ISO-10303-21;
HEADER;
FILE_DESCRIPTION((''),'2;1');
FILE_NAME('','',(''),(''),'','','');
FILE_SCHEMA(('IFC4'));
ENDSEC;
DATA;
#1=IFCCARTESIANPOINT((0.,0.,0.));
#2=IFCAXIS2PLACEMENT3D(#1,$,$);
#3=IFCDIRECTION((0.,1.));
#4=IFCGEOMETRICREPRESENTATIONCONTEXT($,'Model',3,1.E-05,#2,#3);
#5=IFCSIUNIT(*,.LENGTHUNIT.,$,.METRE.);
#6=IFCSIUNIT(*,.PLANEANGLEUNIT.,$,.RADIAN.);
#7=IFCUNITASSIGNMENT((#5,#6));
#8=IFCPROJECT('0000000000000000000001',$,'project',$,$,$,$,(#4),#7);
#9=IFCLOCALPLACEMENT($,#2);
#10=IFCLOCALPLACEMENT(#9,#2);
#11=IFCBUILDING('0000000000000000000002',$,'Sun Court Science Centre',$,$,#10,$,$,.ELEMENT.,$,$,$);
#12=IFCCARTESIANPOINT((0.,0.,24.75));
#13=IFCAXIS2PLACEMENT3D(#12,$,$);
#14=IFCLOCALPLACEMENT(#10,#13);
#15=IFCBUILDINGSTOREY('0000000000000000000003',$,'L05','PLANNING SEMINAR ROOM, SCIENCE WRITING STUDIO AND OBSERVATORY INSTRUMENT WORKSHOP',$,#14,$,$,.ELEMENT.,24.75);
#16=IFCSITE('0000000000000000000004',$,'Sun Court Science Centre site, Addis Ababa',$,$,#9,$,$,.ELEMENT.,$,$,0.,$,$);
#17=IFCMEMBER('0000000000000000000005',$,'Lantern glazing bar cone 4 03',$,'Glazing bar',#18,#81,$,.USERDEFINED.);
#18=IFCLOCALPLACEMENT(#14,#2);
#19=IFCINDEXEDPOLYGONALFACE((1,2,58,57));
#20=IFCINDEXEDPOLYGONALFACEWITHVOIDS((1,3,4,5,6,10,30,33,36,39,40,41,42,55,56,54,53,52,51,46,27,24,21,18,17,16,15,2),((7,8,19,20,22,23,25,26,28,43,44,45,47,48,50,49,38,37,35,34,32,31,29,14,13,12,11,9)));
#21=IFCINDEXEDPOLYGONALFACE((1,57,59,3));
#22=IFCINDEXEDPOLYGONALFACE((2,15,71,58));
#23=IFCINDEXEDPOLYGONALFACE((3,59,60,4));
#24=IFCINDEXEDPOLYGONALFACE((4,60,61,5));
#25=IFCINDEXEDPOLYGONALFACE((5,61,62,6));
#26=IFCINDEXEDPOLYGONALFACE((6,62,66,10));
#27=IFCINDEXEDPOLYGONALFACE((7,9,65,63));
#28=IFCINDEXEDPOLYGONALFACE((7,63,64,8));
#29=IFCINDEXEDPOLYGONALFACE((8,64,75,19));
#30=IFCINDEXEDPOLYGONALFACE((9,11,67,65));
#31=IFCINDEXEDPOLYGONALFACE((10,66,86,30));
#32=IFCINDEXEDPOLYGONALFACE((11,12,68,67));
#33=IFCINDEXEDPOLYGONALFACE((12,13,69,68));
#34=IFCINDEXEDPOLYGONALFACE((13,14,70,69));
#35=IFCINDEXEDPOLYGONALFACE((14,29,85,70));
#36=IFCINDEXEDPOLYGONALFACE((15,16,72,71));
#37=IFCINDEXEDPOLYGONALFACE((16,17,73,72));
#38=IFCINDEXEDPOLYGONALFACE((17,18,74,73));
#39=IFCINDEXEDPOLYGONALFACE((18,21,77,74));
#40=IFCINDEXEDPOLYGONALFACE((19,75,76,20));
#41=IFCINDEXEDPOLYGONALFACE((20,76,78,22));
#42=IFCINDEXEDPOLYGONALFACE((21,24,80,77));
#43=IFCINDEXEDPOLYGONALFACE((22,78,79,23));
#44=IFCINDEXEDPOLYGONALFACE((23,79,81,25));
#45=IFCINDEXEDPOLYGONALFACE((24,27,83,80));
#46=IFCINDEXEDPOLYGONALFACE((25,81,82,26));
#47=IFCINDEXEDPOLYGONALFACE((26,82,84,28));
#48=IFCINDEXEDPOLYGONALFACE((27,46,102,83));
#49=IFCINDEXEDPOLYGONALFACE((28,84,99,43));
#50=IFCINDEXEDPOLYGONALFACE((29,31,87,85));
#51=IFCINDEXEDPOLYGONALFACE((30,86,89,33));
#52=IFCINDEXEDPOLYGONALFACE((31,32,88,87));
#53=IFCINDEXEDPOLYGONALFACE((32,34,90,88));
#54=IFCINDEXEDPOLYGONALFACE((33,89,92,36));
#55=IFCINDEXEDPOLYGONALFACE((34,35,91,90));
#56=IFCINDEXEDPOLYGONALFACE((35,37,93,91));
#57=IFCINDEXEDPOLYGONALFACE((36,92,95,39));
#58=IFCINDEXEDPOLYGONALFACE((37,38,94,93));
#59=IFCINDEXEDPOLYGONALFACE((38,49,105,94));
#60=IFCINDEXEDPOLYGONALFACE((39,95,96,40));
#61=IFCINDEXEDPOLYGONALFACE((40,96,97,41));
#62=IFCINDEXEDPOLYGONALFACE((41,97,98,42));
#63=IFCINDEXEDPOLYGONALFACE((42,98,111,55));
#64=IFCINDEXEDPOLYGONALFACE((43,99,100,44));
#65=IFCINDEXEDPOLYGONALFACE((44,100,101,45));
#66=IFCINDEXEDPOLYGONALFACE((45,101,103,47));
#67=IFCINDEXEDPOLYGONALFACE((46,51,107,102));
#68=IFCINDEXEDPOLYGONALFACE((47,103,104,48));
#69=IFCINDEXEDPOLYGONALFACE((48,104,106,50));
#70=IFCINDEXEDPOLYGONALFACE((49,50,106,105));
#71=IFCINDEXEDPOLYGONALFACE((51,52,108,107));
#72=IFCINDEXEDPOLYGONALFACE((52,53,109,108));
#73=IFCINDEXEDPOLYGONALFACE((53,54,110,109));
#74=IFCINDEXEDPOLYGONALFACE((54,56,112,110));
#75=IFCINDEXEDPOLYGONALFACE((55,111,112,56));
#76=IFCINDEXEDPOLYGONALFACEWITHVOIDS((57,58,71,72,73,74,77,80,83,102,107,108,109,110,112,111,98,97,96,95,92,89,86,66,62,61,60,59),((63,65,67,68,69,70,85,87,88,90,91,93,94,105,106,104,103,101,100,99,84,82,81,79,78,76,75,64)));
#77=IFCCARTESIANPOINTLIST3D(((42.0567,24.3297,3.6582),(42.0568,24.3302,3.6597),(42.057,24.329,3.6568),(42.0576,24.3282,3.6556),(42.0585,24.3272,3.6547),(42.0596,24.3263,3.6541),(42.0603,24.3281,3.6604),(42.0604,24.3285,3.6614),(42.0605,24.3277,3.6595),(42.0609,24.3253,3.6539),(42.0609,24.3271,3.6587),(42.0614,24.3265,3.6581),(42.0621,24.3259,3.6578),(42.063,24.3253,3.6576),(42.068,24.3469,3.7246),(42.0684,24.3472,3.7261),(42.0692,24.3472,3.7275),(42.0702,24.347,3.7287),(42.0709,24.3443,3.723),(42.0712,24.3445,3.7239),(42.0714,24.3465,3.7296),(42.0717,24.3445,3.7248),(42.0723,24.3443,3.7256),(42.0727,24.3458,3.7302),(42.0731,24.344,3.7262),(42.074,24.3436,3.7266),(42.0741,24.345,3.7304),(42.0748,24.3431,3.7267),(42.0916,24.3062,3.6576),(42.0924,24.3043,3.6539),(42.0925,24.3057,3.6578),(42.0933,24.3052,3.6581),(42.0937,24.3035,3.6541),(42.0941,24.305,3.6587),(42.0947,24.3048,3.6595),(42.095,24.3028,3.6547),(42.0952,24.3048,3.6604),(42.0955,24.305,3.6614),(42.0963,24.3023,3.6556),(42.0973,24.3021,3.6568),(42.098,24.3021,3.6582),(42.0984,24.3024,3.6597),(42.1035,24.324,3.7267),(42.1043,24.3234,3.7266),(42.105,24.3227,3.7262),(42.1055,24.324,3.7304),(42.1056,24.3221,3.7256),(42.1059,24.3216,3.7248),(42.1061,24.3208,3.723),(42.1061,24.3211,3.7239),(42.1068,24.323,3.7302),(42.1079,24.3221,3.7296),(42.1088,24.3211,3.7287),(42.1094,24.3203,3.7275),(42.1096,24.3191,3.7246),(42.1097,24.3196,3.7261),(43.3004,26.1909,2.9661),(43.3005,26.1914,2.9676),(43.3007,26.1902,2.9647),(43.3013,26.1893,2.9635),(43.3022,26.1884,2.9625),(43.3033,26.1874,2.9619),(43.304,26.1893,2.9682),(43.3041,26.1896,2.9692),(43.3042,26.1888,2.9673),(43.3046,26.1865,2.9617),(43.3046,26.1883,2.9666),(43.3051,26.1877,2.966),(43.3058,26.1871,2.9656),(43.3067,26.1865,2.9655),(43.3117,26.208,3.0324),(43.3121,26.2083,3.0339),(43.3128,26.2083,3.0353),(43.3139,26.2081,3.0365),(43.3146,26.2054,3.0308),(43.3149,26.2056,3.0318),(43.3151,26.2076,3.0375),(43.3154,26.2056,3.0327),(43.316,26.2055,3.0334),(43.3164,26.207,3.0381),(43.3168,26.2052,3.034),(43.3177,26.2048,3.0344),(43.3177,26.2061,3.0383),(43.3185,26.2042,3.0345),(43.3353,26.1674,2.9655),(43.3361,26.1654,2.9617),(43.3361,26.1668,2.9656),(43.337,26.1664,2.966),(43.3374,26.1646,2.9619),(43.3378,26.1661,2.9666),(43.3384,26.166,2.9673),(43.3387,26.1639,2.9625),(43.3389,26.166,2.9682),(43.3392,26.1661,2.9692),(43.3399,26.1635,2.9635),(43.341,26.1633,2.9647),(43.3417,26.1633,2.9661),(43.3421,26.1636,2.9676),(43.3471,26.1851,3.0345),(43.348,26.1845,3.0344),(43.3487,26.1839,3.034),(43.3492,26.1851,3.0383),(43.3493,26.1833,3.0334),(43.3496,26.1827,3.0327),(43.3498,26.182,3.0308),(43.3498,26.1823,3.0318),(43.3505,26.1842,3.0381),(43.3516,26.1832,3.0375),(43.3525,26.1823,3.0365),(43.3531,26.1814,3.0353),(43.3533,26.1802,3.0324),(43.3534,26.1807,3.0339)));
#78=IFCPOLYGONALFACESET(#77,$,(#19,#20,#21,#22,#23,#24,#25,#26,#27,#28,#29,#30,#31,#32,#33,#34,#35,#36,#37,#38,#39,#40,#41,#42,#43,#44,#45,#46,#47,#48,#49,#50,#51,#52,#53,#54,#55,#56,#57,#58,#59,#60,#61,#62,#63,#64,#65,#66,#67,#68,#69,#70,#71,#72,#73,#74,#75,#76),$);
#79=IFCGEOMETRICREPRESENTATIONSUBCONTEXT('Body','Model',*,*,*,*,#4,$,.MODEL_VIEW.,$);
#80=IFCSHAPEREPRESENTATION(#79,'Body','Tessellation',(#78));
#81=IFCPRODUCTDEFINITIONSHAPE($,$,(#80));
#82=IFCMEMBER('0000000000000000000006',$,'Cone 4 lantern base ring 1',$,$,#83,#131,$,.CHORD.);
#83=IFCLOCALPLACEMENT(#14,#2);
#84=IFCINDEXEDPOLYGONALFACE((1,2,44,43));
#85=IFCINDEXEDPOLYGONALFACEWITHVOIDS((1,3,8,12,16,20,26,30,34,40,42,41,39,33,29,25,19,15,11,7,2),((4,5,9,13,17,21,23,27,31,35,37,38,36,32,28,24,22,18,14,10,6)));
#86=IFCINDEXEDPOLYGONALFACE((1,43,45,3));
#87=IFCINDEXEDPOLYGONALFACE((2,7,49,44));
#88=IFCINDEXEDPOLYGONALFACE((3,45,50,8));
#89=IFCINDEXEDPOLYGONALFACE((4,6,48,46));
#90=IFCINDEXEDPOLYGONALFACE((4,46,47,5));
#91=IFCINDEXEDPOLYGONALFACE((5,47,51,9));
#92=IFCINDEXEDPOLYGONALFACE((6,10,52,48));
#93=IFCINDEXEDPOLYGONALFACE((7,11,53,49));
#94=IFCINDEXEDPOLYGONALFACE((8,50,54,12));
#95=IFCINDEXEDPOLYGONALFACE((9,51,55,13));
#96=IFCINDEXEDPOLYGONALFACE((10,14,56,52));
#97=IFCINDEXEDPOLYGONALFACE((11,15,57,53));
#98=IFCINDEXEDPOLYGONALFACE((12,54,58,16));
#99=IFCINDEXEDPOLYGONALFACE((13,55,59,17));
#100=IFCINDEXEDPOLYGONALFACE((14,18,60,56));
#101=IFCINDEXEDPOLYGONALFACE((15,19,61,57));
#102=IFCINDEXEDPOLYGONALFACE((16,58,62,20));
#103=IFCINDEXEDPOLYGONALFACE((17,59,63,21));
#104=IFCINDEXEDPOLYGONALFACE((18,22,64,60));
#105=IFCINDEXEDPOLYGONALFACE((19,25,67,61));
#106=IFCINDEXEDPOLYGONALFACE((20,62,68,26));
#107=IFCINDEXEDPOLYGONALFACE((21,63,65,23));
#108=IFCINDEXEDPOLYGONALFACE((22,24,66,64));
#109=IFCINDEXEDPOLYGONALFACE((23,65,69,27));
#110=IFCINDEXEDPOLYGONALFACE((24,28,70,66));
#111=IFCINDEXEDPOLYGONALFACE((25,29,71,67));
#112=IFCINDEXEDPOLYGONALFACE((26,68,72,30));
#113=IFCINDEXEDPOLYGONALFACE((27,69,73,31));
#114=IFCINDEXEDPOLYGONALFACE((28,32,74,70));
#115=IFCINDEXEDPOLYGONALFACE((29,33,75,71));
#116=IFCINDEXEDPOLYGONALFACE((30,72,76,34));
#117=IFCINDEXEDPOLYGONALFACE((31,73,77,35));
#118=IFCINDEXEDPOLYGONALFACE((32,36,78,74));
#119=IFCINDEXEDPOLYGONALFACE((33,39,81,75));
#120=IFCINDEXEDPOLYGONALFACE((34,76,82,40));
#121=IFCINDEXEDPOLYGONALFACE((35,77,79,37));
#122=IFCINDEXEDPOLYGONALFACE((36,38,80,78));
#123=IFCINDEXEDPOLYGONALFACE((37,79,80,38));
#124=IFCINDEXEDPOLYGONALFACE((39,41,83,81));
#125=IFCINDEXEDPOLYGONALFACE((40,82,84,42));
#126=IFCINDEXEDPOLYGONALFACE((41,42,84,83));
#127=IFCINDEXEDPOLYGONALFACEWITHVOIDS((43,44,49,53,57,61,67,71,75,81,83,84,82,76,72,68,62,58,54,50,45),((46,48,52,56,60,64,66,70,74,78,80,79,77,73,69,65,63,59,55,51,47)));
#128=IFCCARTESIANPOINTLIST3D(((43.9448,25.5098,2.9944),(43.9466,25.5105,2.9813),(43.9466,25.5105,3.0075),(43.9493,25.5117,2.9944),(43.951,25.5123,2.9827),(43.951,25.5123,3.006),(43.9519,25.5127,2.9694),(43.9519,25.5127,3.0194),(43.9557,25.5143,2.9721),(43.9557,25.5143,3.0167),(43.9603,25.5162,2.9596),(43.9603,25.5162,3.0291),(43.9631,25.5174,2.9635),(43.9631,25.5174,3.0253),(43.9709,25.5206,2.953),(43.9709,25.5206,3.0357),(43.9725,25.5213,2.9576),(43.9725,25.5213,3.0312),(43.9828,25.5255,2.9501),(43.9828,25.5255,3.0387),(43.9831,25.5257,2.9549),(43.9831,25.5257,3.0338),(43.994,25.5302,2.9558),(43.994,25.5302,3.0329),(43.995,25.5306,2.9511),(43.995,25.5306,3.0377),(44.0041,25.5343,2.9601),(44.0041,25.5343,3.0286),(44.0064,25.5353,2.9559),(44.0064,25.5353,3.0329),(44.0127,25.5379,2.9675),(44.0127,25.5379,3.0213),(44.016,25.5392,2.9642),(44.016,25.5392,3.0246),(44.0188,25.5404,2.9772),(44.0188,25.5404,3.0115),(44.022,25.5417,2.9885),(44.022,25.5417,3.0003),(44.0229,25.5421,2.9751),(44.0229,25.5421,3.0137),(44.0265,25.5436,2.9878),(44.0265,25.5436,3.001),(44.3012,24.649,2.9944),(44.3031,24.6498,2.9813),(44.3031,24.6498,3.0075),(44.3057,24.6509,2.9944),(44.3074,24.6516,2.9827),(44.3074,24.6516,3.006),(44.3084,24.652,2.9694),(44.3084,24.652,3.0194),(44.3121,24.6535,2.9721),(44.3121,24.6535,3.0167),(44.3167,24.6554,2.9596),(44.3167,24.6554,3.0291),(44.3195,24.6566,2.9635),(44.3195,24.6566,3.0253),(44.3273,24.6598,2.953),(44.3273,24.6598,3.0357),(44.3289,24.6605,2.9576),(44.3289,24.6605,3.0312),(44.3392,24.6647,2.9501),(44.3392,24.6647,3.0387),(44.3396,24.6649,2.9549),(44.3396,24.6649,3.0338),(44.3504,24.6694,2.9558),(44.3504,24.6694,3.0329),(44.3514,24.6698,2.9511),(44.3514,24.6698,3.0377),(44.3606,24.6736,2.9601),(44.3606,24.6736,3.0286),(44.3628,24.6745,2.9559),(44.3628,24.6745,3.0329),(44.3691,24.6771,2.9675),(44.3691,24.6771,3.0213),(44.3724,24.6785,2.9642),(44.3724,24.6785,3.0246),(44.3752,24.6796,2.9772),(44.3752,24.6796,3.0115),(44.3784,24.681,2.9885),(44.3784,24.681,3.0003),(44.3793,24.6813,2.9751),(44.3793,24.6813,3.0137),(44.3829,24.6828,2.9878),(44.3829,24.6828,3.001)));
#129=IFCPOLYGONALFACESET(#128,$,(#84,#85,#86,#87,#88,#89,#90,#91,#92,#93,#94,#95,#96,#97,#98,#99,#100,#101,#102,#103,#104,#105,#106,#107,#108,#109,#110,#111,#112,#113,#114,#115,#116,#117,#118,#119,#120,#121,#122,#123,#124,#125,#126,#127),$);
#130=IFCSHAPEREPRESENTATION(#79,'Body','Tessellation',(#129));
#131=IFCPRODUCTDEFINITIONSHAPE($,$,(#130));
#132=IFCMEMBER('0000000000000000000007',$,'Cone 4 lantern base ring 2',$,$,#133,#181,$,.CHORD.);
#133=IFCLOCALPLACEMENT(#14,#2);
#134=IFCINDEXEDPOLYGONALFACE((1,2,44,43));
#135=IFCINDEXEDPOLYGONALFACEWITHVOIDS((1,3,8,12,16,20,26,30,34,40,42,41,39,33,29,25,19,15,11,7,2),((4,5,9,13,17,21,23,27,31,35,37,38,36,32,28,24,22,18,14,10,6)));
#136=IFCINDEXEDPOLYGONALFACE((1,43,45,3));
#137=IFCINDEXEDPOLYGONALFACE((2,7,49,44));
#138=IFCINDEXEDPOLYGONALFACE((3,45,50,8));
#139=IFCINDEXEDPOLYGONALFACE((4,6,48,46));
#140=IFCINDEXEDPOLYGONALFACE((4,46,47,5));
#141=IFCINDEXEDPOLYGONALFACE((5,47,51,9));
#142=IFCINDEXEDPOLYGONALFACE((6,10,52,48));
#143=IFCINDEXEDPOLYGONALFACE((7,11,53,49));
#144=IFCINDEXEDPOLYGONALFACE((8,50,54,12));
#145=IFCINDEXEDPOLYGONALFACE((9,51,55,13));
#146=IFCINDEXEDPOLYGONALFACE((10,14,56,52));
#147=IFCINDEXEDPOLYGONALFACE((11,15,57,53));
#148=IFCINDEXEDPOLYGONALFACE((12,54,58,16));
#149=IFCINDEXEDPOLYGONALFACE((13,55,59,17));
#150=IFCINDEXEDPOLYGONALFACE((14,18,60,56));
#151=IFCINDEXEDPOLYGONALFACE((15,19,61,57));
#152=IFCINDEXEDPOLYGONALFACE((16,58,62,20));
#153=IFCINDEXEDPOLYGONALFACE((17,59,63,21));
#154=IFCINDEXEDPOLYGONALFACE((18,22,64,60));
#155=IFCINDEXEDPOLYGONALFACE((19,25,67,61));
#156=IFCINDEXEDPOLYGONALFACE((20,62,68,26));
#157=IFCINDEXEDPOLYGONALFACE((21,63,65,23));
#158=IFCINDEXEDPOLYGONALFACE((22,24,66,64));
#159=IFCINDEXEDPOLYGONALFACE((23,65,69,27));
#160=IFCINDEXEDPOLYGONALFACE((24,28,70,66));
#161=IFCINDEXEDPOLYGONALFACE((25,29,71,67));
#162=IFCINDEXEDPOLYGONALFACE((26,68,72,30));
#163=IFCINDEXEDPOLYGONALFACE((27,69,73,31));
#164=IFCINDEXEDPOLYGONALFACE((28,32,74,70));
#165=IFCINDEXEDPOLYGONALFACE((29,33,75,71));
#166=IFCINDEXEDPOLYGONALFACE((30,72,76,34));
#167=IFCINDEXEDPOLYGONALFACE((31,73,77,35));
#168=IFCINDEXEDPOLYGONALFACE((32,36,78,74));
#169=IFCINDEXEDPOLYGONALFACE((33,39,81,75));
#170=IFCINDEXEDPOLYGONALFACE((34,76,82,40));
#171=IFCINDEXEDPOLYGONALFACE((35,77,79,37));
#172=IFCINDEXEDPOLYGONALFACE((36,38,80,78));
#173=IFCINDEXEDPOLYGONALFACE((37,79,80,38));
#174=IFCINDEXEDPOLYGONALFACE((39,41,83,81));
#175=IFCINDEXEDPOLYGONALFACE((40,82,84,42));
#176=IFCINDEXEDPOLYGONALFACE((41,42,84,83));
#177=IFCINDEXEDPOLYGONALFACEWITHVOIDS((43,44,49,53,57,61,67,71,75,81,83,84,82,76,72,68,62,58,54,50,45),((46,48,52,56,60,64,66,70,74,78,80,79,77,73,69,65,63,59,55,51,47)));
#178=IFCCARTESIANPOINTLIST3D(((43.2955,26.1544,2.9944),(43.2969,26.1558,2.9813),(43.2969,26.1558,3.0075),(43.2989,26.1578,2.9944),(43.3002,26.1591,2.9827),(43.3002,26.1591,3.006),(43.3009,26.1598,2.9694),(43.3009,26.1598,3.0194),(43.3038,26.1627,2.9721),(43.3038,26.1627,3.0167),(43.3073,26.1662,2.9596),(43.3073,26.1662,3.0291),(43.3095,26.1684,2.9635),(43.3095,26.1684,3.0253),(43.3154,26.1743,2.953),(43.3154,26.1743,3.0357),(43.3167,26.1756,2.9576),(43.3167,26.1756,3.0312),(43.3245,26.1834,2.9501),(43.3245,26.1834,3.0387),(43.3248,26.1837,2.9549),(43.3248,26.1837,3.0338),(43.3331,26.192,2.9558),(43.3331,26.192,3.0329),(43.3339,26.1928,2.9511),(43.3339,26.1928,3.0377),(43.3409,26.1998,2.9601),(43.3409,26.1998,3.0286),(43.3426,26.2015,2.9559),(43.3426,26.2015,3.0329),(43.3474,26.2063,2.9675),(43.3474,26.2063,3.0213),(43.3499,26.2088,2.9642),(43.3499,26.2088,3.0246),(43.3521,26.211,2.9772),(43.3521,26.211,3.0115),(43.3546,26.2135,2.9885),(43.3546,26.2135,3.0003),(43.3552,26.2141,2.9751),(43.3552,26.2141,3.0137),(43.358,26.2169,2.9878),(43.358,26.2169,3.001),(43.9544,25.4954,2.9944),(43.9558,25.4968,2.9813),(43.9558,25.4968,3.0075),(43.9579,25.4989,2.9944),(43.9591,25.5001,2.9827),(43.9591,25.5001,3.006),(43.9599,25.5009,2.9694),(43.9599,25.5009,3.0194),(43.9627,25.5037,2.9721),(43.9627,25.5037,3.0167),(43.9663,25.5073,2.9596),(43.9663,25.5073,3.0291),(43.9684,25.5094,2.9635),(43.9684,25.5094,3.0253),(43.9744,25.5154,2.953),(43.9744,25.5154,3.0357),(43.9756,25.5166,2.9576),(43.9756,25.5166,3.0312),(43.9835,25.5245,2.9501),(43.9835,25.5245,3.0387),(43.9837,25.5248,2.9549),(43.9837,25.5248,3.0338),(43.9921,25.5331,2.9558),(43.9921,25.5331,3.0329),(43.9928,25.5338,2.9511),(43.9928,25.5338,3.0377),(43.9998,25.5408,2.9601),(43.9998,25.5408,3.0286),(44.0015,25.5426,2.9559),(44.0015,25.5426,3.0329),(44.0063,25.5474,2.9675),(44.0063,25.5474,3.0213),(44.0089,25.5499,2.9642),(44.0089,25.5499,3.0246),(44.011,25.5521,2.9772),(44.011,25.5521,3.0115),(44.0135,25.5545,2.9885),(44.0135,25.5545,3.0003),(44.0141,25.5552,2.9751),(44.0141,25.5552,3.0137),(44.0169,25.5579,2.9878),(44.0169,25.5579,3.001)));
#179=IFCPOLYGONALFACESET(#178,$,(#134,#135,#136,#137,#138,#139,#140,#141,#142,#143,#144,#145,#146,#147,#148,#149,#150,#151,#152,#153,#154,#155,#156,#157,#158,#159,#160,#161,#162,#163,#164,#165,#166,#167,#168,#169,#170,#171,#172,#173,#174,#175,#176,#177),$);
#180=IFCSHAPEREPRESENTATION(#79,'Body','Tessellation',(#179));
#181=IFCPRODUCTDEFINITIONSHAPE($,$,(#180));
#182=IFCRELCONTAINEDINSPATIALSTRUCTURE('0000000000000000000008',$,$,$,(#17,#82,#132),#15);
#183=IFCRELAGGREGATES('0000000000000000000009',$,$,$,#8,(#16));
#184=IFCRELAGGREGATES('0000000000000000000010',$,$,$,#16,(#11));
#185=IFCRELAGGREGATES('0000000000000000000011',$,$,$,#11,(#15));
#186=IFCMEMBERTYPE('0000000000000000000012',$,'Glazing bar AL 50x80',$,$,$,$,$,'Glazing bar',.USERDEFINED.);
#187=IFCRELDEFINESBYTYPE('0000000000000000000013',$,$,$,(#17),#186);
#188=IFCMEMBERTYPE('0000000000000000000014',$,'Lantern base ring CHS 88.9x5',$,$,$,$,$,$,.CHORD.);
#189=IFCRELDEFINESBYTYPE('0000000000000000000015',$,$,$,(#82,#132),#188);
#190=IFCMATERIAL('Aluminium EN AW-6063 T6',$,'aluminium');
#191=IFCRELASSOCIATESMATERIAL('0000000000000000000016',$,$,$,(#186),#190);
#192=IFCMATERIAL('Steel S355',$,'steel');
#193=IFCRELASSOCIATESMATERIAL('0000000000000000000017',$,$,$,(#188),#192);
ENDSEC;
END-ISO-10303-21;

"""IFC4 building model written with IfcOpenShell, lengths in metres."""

from ifc_helpers import new_model, si_unit, direction, frame, origin, origin_2d, place, context, subcontext, project, spatial, hollow_rectangle, hollow_circle, extrude, material, material_profile, profile_set, type_object, element, save


model = new_model("IFC4")

# Units and contexts
model_context = context("Model", 3, precision=1e-05, world=origin(), true_north=direction((0.0, 1.0)))
body_context = subcontext(model_context, "Body", "Model", "MODEL_VIEW")
ifc_project = project(units=[si_unit("LENGTHUNIT", "METRE"), si_unit("PLANEANGLEUNIT", "RADIAN")], contexts=[model_context])

# Site, building, storey
site_placement = place(None, origin())
site = spatial("IfcSite", under=ifc_project, at=site_placement, Name="Sun Court Science Centre site, Addis Ababa", CompositionType="ELEMENT", RefElevation=0.0)
building_placement = place(site_placement, origin())
building = spatial("IfcBuilding", under=site, at=building_placement, Name="Sun Court Science Centre", CompositionType="ELEMENT")
storey_placement = place(building_placement, frame((0.0, 0.0, 24.75)))
storey = spatial("IfcBuildingStorey", under=building, at=storey_placement, Name="L05", Description="PLANNING SEMINAR ROOM, SCIENCE WRITING STUDIO AND OBSERVATORY INSTRUMENT WORKSHOP", CompositionType="ELEMENT", Elevation=24.75)

# Members
ifc_material_1 = material(Name="Aluminium EN AW-6063 T6", Category="aluminium")
ifc_material_profile_1 = material_profile(ifc_material_1, hollow_rectangle(XDim=0.05, YDim=0.0801, WallThickness=0.0039, InnerFilletRadius=0.0039, OuterFilletRadius=0.0061, at=origin_2d()), Name="AL 50x80x4")
ifc_profile_set_1 = profile_set([ifc_material_profile_1], Name="Aluminium EN AW-6063 T6")
member_type_1 = type_object("IfcMemberType", Name="Glazing bar AL 50x80", ElementType="Glazing bar", PredefinedType="USERDEFINED", material=ifc_profile_set_1)
member_1_placement = place(storey_placement, frame((43.3269, 26.1858, 3.0), z_axis=(-0.530809, -0.794338, 0.295415), x_axis=(0.831446, -0.555606, 0.0)))
element("IfcMember", 1, at=member_1_placement, inside=storey, type_object=member_type_1, Name="Lantern glazing bar cone 4 03", ObjectType="Glazing bar", PredefinedType="USERDEFINED", context=body_context, shape_type="SweptSolid", body=[
    extrude(hollow_rectangle(XDim=0.05, YDim=0.0801, WallThickness=0.0039, InnerFilletRadius=0.0039, OuterFilletRadius=0.0061, at=origin_2d()), origin(), (0.0, 0.0, 1.0), 2.343),
])
ifc_material_2 = material(Name="Steel S355", Category="steel")
ifc_material_profile_2 = material_profile(ifc_material_2, hollow_circle(Radius=0.0444, WallThickness=0.0049, at=origin_2d()), Name="CHS 88.9x5")
ifc_profile_set_2 = profile_set([ifc_material_profile_2], Name="Steel S355")
member_type_2 = type_object("IfcMemberType", Name="Lantern base ring CHS 88.9x5", PredefinedType="CHORD", material=ifc_profile_set_2)
member_2_placement = place(storey_placement, frame((44.3423, 24.666, 2.9944), z_axis=(-0.382568, 0.923927, 0.0), x_axis=(-0.923927, -0.382568, 0.0)))
element("IfcMember", 2, at=member_2_placement, inside=storey, type_object=member_type_2, Name="Cone 4 lantern base ring 1", PredefinedType="CHORD", context=body_context, shape_type="SweptSolid", body=[
    extrude(hollow_circle(Radius=0.0444, WallThickness=0.0049, at=origin_2d()), origin(), (0.0, 0.0, 1.0), 0.9316),
])
for number, where, z_axis, x_axis, name in (
    (3, (43.9858, 25.5269, 2.9944), (-0.707107, 0.707107, 0.0), (-0.707107, -0.707107, 0.0), "Cone 4 lantern base ring 2"),
):
    element("IfcMember", number, at=place(storey_placement, frame(where, z_axis=z_axis, x_axis=x_axis)), inside=storey, type_object=member_type_2, Name=name, PredefinedType="CHORD", context=body_context, shape_type="SweptSolid", body=[
        extrude(hollow_circle(Radius=0.0444, WallThickness=0.0049, at=origin_2d()), origin(), (0.0, 0.0, 1.0), 0.9319),
    ])

save(model, "model.ifc")
